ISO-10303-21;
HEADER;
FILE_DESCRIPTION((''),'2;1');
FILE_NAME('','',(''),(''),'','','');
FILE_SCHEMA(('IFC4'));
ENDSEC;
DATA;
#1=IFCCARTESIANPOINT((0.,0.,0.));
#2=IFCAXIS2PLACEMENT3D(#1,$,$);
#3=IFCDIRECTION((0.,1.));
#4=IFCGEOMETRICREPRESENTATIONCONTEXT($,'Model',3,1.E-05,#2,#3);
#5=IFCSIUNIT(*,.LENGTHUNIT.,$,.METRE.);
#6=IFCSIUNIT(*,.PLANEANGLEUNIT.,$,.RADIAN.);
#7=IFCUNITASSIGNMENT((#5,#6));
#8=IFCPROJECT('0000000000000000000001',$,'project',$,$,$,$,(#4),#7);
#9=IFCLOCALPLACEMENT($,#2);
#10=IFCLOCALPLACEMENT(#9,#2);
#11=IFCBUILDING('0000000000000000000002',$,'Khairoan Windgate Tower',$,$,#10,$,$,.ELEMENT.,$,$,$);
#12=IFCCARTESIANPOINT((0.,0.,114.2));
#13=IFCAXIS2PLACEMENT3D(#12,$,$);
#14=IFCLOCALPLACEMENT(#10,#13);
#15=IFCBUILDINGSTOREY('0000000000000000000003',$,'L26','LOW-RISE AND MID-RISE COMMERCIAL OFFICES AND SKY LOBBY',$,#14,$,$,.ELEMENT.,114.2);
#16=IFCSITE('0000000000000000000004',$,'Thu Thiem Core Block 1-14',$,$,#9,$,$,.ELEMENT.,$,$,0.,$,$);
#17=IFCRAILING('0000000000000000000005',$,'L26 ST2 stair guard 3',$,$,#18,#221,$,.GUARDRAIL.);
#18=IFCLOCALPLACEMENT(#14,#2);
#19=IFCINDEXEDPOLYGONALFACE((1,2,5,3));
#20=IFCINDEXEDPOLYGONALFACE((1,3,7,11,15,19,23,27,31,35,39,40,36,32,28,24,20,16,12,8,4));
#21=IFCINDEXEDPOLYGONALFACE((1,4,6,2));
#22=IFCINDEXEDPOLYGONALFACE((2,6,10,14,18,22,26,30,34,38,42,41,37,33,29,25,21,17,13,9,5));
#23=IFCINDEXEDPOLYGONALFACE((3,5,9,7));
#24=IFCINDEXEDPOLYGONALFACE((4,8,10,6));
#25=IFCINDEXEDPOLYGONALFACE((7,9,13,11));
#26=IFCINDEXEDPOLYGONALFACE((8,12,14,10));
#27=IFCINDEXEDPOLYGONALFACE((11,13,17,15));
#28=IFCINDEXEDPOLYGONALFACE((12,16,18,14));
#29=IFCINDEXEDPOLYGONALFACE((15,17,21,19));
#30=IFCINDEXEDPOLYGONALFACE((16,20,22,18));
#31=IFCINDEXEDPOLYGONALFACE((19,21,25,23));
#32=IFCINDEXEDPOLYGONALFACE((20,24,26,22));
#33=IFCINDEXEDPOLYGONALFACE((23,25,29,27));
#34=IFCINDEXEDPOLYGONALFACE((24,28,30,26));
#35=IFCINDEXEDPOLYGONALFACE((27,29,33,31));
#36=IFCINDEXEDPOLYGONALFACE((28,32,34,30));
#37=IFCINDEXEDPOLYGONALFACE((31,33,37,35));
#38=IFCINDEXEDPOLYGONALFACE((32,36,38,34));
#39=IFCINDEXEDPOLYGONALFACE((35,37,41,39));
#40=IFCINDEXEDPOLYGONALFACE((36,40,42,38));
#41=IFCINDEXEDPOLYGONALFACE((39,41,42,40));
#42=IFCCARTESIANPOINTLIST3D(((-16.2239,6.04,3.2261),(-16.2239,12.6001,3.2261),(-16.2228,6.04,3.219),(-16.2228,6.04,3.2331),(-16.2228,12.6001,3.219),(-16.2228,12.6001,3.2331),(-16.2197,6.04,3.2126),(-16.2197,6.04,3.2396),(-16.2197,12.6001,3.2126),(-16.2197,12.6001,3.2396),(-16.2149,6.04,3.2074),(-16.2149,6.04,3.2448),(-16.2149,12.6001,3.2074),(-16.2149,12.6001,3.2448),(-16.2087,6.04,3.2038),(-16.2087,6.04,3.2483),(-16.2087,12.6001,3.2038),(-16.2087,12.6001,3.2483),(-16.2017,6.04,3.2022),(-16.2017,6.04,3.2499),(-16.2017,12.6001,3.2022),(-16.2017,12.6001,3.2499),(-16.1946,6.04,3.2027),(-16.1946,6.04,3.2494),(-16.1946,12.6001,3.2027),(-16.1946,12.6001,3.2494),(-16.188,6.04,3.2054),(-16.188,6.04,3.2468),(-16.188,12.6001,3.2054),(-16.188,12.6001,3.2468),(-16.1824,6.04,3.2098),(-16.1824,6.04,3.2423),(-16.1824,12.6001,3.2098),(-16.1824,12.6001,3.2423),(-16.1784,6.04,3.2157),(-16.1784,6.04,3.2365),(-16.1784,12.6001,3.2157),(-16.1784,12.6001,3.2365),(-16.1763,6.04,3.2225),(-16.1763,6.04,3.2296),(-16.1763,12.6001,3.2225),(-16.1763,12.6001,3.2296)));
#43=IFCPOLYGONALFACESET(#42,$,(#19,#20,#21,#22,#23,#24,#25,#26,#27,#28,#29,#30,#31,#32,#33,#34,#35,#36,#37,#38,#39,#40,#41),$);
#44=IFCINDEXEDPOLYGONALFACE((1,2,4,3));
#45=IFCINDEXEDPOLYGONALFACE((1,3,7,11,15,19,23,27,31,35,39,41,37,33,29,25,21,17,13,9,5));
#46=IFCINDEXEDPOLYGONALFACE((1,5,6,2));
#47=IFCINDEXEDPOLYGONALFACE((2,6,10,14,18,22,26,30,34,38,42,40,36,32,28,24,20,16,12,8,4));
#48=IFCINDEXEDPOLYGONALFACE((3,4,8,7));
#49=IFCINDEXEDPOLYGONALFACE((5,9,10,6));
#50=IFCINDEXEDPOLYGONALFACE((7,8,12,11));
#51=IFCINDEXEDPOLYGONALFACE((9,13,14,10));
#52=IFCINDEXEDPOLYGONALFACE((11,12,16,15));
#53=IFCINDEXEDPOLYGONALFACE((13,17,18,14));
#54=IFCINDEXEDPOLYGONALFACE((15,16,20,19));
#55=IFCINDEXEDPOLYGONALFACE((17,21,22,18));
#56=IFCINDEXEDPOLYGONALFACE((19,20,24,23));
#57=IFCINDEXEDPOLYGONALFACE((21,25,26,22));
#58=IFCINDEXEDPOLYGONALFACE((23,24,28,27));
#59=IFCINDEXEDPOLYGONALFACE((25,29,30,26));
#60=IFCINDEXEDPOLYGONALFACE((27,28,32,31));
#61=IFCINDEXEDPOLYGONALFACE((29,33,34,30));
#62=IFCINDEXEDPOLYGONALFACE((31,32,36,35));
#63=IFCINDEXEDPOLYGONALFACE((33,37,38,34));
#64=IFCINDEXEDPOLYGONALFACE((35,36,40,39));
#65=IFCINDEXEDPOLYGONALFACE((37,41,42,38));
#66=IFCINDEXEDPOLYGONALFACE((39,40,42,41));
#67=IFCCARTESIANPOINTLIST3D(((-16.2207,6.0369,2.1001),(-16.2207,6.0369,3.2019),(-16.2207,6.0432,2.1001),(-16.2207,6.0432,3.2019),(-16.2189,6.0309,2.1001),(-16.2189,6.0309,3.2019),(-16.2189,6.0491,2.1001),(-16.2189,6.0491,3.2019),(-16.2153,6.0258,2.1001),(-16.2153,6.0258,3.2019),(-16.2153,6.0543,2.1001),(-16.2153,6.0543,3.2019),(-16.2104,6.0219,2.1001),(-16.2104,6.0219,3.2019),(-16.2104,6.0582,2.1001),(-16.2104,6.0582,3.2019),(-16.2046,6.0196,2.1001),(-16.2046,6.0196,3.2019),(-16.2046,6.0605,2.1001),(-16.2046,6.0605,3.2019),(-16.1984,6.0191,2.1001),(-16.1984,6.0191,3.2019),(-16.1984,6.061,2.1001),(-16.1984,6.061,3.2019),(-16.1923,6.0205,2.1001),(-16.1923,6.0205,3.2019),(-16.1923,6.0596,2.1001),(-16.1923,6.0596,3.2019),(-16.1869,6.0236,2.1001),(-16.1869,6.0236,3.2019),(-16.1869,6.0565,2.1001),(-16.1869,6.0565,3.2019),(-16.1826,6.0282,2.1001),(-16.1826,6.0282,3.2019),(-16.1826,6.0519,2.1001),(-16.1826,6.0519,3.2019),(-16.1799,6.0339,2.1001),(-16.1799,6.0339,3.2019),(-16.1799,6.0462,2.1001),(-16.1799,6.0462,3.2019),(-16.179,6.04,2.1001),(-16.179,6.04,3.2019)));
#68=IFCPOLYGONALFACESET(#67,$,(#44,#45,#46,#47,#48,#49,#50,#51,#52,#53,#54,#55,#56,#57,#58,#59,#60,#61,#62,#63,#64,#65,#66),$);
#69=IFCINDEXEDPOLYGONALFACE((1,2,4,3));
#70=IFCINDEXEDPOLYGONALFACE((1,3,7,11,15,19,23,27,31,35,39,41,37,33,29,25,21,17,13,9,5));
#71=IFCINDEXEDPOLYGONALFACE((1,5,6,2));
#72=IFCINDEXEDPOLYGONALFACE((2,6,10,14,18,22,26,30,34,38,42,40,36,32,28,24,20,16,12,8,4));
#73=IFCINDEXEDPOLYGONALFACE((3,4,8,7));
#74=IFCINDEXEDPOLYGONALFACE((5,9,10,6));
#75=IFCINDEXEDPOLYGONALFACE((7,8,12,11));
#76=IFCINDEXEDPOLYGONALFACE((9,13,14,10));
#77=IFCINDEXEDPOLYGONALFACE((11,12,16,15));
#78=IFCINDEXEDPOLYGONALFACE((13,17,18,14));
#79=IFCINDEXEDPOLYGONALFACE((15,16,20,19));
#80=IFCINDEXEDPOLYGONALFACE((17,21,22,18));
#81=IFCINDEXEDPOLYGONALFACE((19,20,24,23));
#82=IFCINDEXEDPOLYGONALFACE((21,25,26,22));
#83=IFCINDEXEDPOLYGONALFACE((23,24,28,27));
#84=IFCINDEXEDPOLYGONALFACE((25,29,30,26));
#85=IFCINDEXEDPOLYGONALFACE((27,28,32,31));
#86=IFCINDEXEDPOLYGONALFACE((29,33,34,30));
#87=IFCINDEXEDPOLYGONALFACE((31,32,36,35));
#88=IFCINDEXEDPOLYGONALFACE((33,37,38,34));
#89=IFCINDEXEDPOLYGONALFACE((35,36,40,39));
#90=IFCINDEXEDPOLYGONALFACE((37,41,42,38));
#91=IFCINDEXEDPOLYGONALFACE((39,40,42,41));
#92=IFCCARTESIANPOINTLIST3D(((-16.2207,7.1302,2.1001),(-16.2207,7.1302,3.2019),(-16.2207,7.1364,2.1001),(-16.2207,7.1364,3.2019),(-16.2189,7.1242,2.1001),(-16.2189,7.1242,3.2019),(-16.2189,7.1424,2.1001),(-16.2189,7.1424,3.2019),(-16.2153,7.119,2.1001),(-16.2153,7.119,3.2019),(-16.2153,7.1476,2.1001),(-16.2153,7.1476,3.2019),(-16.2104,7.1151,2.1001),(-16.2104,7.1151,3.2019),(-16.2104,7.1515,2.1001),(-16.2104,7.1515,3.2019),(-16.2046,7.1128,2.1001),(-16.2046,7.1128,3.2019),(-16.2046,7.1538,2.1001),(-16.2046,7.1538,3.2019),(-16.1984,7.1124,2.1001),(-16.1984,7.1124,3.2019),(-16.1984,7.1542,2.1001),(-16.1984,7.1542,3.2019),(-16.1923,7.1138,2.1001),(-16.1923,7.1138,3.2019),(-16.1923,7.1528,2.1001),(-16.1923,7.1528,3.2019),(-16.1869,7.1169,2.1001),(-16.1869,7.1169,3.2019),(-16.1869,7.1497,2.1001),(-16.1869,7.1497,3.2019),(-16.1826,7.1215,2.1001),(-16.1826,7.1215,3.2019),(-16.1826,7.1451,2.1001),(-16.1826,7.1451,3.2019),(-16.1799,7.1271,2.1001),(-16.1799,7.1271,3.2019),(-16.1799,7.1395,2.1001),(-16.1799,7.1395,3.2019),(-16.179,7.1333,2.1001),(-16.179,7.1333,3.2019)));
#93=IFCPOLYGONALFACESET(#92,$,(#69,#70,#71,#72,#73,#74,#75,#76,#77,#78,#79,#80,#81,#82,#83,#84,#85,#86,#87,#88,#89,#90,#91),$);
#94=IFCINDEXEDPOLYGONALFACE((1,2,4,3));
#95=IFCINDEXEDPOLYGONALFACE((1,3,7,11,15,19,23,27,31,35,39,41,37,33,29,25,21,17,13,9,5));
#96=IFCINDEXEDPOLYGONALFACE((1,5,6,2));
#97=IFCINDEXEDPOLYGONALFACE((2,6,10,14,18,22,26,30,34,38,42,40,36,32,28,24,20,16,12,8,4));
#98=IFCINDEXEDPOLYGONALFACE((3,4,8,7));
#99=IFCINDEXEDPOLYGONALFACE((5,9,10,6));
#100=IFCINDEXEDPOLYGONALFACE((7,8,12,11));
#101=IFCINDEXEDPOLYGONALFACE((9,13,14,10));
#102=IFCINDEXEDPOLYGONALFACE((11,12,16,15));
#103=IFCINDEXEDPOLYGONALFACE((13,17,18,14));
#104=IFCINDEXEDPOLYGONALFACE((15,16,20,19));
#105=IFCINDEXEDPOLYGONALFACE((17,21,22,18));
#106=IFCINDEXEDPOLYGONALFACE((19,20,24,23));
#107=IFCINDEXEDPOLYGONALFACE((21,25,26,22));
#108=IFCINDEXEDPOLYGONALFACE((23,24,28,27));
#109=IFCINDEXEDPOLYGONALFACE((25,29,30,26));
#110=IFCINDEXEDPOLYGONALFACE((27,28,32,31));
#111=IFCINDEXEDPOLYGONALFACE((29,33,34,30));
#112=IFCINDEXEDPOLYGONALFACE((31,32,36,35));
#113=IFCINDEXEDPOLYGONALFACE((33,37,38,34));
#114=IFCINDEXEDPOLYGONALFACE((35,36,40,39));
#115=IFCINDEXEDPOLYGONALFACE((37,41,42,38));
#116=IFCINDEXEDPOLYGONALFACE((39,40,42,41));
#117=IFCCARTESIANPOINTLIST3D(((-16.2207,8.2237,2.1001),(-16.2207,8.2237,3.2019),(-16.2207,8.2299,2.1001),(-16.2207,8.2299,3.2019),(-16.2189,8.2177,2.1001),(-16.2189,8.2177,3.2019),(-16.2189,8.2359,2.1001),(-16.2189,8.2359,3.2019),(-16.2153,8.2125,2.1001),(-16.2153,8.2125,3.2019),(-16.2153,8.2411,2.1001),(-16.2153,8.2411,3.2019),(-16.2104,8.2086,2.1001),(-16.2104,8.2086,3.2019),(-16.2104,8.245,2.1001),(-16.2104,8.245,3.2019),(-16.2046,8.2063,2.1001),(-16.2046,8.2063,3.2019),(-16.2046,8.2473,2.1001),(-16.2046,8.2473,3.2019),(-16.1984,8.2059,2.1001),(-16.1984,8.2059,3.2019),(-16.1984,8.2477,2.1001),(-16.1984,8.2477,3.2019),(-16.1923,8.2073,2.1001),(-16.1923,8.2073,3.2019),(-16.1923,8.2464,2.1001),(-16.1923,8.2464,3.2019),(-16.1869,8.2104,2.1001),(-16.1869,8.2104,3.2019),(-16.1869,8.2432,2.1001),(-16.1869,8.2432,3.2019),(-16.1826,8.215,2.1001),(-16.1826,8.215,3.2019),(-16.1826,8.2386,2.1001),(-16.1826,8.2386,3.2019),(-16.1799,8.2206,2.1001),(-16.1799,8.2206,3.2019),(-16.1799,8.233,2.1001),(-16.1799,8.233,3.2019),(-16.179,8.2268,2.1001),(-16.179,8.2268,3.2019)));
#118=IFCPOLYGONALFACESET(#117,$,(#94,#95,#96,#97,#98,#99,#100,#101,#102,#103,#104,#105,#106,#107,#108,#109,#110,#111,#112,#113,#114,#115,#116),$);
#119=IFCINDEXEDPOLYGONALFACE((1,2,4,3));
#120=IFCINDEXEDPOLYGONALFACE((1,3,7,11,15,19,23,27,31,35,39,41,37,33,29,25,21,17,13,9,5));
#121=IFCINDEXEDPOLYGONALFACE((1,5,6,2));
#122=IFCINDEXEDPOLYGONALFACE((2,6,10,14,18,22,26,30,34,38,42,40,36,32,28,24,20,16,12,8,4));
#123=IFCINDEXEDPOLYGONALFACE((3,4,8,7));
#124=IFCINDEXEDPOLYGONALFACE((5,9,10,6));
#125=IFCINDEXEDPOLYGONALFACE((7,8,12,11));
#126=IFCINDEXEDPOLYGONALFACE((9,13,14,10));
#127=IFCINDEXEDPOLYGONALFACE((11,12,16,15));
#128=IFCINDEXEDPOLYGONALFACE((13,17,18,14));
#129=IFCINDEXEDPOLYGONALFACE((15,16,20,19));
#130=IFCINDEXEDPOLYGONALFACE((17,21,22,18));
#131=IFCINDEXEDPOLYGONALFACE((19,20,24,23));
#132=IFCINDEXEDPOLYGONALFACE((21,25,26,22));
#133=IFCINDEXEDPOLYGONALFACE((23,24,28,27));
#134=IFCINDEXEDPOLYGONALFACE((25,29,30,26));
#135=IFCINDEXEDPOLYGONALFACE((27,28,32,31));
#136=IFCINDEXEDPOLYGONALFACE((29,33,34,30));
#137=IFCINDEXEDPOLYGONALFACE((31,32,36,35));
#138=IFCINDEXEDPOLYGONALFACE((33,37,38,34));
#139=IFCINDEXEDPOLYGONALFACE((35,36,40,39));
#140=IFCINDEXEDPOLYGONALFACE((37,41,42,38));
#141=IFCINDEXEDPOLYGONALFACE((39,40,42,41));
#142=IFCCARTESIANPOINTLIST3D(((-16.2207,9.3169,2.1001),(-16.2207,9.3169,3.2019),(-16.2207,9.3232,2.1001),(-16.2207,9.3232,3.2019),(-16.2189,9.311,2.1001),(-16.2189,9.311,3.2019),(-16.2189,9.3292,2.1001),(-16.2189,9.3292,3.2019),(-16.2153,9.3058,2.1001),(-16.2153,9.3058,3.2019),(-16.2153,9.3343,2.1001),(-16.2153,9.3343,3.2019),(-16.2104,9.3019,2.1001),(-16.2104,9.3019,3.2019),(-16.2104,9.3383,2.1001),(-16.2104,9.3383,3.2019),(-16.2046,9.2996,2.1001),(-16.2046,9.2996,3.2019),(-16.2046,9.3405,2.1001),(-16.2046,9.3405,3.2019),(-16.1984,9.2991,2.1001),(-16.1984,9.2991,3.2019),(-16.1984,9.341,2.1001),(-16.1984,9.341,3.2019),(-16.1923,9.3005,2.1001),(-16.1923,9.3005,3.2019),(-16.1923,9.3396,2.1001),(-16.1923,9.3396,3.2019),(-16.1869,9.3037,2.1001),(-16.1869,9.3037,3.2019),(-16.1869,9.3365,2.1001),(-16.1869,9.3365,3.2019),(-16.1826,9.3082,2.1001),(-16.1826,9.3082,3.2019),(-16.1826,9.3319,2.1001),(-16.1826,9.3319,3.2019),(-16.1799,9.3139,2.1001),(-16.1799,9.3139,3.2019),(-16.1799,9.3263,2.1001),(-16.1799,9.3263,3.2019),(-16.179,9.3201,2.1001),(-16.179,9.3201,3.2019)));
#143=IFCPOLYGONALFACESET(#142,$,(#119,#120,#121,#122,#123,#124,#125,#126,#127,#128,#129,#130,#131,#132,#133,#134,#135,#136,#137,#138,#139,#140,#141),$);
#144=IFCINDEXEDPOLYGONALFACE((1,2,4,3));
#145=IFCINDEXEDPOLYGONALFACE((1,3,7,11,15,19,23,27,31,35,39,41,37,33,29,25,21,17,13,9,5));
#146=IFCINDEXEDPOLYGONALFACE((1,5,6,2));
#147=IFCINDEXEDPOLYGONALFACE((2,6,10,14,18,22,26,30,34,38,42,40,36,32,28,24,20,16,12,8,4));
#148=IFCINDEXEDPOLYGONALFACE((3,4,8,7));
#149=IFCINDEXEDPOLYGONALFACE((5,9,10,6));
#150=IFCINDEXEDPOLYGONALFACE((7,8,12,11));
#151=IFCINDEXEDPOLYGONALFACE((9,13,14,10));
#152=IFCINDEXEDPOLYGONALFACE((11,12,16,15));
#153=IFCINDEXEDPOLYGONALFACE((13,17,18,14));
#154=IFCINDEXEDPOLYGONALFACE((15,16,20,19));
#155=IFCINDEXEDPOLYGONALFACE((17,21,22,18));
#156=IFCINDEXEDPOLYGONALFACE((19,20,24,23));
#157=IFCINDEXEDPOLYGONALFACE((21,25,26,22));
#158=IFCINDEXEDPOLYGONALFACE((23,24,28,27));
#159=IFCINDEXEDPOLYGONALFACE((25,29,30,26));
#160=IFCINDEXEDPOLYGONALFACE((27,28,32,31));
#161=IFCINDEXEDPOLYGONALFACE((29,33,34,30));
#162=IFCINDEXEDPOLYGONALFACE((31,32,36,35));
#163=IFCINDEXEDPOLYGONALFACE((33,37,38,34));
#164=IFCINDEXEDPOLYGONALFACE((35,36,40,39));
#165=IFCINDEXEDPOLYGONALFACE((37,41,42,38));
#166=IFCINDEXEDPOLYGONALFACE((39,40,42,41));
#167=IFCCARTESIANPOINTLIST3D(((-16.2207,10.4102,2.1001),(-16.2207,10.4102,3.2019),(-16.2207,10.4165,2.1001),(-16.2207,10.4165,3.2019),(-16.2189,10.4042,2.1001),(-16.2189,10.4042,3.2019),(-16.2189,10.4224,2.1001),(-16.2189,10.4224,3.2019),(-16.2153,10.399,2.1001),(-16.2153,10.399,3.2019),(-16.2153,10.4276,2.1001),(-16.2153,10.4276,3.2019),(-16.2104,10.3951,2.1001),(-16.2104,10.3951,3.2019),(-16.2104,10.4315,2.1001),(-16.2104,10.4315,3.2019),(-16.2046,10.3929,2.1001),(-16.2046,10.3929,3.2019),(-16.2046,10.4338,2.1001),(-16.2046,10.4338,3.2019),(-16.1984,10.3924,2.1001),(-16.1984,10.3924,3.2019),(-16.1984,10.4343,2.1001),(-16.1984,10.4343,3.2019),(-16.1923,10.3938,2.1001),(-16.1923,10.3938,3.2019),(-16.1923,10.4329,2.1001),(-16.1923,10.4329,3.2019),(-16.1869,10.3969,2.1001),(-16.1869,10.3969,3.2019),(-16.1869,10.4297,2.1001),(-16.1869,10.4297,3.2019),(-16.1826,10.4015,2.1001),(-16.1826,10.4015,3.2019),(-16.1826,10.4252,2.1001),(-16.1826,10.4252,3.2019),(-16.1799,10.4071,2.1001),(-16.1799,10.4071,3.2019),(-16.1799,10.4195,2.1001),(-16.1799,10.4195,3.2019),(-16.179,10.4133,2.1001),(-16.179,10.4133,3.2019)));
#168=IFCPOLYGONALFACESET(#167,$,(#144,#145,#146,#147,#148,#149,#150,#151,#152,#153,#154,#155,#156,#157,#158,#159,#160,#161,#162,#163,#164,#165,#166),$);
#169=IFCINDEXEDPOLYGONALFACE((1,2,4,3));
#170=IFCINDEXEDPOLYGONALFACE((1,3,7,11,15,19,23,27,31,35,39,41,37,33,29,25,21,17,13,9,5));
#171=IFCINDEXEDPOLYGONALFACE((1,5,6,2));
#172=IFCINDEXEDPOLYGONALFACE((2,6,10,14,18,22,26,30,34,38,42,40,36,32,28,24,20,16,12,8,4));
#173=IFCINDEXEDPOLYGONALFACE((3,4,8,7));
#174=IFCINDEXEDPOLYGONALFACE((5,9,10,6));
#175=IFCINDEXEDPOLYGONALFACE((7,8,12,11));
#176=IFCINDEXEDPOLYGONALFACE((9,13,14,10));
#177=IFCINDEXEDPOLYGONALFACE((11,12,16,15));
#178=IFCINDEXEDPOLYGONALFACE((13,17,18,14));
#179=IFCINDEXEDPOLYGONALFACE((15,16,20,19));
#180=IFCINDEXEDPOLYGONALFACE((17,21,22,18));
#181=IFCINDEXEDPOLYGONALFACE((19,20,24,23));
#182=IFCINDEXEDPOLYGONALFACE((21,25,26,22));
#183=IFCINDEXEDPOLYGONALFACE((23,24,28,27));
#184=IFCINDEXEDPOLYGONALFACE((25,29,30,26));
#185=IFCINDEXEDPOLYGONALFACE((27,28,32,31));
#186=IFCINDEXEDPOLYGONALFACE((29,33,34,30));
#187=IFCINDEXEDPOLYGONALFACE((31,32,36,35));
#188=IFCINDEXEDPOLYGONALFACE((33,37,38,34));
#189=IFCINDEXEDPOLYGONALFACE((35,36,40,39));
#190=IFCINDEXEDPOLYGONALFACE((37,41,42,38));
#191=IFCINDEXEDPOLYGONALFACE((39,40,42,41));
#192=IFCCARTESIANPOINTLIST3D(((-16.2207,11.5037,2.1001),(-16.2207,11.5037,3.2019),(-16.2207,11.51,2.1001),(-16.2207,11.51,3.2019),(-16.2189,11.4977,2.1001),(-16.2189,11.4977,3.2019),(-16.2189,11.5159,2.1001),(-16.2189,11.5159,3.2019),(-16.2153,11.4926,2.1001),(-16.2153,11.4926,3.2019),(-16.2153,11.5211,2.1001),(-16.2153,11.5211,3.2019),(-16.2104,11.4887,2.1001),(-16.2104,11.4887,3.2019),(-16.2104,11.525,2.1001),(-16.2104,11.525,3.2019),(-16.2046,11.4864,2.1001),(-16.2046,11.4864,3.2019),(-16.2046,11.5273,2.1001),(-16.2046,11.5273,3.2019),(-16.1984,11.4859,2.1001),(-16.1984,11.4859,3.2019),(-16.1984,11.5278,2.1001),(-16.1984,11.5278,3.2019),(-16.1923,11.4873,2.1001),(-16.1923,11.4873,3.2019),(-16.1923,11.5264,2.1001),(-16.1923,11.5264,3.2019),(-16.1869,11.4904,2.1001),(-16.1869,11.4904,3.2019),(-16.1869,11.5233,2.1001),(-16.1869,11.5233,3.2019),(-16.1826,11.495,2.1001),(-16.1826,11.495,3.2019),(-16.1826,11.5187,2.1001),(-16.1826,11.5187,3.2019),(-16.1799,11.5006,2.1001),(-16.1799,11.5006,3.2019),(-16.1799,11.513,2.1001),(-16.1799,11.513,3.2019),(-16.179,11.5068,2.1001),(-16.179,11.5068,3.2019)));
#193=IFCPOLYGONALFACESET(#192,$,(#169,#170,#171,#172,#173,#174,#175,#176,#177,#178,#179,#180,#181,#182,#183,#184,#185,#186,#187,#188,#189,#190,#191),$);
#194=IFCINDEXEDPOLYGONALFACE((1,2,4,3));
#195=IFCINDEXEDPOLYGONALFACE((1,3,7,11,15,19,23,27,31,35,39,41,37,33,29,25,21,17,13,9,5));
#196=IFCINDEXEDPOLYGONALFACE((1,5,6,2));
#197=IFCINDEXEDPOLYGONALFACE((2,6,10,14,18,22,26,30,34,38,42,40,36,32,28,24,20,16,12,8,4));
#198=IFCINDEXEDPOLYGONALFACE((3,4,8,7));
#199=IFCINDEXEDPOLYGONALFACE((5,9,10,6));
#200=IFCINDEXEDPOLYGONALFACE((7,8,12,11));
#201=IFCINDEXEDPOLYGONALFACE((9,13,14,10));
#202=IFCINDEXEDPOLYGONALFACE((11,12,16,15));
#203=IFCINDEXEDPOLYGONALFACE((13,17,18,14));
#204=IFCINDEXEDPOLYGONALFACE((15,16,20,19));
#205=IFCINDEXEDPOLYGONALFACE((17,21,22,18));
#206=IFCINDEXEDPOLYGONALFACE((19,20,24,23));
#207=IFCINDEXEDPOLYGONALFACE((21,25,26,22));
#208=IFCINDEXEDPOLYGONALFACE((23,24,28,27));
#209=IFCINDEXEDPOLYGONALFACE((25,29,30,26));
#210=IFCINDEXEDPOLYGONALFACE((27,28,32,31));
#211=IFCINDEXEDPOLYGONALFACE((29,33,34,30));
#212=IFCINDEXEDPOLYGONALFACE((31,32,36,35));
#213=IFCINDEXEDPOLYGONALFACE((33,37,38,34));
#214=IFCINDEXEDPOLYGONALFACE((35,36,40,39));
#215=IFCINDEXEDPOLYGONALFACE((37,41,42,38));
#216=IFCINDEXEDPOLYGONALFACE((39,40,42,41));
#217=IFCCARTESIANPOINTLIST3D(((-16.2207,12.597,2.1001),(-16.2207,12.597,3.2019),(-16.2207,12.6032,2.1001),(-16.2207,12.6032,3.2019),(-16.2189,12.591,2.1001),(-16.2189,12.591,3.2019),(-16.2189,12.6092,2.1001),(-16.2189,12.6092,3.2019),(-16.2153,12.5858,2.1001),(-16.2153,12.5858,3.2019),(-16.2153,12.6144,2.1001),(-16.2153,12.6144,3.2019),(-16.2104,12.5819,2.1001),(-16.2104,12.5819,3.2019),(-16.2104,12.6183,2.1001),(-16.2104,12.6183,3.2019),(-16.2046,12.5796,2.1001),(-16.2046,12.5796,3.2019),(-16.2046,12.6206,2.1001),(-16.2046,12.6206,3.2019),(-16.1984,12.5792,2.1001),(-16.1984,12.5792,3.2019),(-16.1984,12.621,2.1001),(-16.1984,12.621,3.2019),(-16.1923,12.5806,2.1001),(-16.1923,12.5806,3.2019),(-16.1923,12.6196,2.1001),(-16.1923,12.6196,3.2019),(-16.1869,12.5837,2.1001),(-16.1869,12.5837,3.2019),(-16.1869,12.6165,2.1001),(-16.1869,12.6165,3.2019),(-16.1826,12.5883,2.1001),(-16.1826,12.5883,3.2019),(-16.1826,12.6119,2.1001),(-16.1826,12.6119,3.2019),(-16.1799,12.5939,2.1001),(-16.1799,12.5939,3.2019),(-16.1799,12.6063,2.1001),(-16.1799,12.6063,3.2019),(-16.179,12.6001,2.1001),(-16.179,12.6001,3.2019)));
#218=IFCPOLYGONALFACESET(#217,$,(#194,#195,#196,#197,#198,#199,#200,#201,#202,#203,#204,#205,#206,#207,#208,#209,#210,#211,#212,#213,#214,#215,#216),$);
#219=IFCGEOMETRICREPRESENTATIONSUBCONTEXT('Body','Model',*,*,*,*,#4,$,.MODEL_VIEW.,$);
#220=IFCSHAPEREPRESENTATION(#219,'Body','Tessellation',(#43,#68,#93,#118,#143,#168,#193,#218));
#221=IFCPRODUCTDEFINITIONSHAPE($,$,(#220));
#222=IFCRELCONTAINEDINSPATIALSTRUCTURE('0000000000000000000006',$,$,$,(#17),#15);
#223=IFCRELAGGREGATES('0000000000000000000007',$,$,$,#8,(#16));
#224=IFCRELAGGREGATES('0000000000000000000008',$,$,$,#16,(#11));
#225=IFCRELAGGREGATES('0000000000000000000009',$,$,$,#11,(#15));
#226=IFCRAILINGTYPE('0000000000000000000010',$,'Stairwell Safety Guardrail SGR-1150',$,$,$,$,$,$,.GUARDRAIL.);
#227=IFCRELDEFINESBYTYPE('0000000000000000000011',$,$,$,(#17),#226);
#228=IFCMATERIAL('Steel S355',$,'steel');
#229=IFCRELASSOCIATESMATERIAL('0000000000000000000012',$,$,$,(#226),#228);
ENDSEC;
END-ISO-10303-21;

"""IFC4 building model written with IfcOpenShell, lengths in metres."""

from ifc_helpers import new_model, si_unit, direction, frame, origin, origin_2d, place, context, subcontext, project, spatial, circle, extrude, material, type_object, element, save


model = new_model("IFC4")

# Units and contexts
model_context = context("Model", 3, precision=1e-05, world=origin(), true_north=direction((0.0, 1.0)))
body_context = subcontext(model_context, "Body", "Model", "MODEL_VIEW")
ifc_project = project(units=[si_unit("LENGTHUNIT", "METRE"), si_unit("PLANEANGLEUNIT", "RADIAN")], contexts=[model_context])

# Site, building, storey
site_placement = place(None, origin())
site = spatial("IfcSite", under=ifc_project, at=site_placement, Name="Thu Thiem Core Block 1-14", CompositionType="ELEMENT", RefElevation=0.0)
building_placement = place(site_placement, origin())
building = spatial("IfcBuilding", under=site, at=building_placement, Name="Khairoan Windgate Tower", CompositionType="ELEMENT")
storey_placement = place(building_placement, frame((0.0, 0.0, 114.2)))
storey = spatial("IfcBuildingStorey", under=building, at=storey_placement, Name="L26", Description="LOW-RISE AND MID-RISE COMMERCIAL OFFICES AND SKY LOBBY", CompositionType="ELEMENT", Elevation=114.2)

# Railing
ifc_material_1 = material(Name="Steel S355", Category="steel")
railing_type_1 = type_object("IfcRailingType", Name="Stairwell Safety Guardrail SGR-1150", PredefinedType="GUARDRAIL", material=ifc_material_1)
railing_1_placement = place(storey_placement, frame((-16.2, 6.04, 2.1001)))
element("IfcRailing", 1, at=railing_1_placement, inside=storey, type_object=railing_type_1, Name="L26 ST2 stair guard 3", PredefinedType="GUARDRAIL", context=body_context, shape_type="SweptSolid", body=[
    extrude(circle(Radius=0.0239, at=origin_2d()), frame((0.0, 0.0, 1.126), z_axis=(0.0, 1.0, 0.0), x_axis=(-1.0, 0.0, 0.0)), (0.0, 0.0, 1.0), 6.5601),
    extrude(circle(Radius=0.021, at=origin_2d()), origin(), (0.0, 0.0, 1.0), 1.1018),
    extrude(circle(Radius=0.021, at=origin_2d()), frame((0.0, 1.0933, 0.0)), (0.0, 0.0, 1.0), 1.1018),
    extrude(circle(Radius=0.021, at=origin_2d()), frame((0.0, 2.1868, 0.0)), (0.0, 0.0, 1.0), 1.1018),
    extrude(circle(Radius=0.021, at=origin_2d()), frame((0.0, 3.28, 0.0)), (0.0, 0.0, 1.0), 1.1018),
    extrude(circle(Radius=0.021, at=origin_2d()), frame((0.0, 4.3733, 0.0)), (0.0, 0.0, 1.0), 1.1018),
    extrude(circle(Radius=0.021, at=origin_2d()), frame((0.0, 5.4668, 0.0)), (0.0, 0.0, 1.0), 1.1018),
    extrude(circle(Radius=0.021, at=origin_2d()), frame((0.0, 6.5601, 0.0)), (0.0, 0.0, 1.0), 1.1018),
])

save(model, "model.ifc")
